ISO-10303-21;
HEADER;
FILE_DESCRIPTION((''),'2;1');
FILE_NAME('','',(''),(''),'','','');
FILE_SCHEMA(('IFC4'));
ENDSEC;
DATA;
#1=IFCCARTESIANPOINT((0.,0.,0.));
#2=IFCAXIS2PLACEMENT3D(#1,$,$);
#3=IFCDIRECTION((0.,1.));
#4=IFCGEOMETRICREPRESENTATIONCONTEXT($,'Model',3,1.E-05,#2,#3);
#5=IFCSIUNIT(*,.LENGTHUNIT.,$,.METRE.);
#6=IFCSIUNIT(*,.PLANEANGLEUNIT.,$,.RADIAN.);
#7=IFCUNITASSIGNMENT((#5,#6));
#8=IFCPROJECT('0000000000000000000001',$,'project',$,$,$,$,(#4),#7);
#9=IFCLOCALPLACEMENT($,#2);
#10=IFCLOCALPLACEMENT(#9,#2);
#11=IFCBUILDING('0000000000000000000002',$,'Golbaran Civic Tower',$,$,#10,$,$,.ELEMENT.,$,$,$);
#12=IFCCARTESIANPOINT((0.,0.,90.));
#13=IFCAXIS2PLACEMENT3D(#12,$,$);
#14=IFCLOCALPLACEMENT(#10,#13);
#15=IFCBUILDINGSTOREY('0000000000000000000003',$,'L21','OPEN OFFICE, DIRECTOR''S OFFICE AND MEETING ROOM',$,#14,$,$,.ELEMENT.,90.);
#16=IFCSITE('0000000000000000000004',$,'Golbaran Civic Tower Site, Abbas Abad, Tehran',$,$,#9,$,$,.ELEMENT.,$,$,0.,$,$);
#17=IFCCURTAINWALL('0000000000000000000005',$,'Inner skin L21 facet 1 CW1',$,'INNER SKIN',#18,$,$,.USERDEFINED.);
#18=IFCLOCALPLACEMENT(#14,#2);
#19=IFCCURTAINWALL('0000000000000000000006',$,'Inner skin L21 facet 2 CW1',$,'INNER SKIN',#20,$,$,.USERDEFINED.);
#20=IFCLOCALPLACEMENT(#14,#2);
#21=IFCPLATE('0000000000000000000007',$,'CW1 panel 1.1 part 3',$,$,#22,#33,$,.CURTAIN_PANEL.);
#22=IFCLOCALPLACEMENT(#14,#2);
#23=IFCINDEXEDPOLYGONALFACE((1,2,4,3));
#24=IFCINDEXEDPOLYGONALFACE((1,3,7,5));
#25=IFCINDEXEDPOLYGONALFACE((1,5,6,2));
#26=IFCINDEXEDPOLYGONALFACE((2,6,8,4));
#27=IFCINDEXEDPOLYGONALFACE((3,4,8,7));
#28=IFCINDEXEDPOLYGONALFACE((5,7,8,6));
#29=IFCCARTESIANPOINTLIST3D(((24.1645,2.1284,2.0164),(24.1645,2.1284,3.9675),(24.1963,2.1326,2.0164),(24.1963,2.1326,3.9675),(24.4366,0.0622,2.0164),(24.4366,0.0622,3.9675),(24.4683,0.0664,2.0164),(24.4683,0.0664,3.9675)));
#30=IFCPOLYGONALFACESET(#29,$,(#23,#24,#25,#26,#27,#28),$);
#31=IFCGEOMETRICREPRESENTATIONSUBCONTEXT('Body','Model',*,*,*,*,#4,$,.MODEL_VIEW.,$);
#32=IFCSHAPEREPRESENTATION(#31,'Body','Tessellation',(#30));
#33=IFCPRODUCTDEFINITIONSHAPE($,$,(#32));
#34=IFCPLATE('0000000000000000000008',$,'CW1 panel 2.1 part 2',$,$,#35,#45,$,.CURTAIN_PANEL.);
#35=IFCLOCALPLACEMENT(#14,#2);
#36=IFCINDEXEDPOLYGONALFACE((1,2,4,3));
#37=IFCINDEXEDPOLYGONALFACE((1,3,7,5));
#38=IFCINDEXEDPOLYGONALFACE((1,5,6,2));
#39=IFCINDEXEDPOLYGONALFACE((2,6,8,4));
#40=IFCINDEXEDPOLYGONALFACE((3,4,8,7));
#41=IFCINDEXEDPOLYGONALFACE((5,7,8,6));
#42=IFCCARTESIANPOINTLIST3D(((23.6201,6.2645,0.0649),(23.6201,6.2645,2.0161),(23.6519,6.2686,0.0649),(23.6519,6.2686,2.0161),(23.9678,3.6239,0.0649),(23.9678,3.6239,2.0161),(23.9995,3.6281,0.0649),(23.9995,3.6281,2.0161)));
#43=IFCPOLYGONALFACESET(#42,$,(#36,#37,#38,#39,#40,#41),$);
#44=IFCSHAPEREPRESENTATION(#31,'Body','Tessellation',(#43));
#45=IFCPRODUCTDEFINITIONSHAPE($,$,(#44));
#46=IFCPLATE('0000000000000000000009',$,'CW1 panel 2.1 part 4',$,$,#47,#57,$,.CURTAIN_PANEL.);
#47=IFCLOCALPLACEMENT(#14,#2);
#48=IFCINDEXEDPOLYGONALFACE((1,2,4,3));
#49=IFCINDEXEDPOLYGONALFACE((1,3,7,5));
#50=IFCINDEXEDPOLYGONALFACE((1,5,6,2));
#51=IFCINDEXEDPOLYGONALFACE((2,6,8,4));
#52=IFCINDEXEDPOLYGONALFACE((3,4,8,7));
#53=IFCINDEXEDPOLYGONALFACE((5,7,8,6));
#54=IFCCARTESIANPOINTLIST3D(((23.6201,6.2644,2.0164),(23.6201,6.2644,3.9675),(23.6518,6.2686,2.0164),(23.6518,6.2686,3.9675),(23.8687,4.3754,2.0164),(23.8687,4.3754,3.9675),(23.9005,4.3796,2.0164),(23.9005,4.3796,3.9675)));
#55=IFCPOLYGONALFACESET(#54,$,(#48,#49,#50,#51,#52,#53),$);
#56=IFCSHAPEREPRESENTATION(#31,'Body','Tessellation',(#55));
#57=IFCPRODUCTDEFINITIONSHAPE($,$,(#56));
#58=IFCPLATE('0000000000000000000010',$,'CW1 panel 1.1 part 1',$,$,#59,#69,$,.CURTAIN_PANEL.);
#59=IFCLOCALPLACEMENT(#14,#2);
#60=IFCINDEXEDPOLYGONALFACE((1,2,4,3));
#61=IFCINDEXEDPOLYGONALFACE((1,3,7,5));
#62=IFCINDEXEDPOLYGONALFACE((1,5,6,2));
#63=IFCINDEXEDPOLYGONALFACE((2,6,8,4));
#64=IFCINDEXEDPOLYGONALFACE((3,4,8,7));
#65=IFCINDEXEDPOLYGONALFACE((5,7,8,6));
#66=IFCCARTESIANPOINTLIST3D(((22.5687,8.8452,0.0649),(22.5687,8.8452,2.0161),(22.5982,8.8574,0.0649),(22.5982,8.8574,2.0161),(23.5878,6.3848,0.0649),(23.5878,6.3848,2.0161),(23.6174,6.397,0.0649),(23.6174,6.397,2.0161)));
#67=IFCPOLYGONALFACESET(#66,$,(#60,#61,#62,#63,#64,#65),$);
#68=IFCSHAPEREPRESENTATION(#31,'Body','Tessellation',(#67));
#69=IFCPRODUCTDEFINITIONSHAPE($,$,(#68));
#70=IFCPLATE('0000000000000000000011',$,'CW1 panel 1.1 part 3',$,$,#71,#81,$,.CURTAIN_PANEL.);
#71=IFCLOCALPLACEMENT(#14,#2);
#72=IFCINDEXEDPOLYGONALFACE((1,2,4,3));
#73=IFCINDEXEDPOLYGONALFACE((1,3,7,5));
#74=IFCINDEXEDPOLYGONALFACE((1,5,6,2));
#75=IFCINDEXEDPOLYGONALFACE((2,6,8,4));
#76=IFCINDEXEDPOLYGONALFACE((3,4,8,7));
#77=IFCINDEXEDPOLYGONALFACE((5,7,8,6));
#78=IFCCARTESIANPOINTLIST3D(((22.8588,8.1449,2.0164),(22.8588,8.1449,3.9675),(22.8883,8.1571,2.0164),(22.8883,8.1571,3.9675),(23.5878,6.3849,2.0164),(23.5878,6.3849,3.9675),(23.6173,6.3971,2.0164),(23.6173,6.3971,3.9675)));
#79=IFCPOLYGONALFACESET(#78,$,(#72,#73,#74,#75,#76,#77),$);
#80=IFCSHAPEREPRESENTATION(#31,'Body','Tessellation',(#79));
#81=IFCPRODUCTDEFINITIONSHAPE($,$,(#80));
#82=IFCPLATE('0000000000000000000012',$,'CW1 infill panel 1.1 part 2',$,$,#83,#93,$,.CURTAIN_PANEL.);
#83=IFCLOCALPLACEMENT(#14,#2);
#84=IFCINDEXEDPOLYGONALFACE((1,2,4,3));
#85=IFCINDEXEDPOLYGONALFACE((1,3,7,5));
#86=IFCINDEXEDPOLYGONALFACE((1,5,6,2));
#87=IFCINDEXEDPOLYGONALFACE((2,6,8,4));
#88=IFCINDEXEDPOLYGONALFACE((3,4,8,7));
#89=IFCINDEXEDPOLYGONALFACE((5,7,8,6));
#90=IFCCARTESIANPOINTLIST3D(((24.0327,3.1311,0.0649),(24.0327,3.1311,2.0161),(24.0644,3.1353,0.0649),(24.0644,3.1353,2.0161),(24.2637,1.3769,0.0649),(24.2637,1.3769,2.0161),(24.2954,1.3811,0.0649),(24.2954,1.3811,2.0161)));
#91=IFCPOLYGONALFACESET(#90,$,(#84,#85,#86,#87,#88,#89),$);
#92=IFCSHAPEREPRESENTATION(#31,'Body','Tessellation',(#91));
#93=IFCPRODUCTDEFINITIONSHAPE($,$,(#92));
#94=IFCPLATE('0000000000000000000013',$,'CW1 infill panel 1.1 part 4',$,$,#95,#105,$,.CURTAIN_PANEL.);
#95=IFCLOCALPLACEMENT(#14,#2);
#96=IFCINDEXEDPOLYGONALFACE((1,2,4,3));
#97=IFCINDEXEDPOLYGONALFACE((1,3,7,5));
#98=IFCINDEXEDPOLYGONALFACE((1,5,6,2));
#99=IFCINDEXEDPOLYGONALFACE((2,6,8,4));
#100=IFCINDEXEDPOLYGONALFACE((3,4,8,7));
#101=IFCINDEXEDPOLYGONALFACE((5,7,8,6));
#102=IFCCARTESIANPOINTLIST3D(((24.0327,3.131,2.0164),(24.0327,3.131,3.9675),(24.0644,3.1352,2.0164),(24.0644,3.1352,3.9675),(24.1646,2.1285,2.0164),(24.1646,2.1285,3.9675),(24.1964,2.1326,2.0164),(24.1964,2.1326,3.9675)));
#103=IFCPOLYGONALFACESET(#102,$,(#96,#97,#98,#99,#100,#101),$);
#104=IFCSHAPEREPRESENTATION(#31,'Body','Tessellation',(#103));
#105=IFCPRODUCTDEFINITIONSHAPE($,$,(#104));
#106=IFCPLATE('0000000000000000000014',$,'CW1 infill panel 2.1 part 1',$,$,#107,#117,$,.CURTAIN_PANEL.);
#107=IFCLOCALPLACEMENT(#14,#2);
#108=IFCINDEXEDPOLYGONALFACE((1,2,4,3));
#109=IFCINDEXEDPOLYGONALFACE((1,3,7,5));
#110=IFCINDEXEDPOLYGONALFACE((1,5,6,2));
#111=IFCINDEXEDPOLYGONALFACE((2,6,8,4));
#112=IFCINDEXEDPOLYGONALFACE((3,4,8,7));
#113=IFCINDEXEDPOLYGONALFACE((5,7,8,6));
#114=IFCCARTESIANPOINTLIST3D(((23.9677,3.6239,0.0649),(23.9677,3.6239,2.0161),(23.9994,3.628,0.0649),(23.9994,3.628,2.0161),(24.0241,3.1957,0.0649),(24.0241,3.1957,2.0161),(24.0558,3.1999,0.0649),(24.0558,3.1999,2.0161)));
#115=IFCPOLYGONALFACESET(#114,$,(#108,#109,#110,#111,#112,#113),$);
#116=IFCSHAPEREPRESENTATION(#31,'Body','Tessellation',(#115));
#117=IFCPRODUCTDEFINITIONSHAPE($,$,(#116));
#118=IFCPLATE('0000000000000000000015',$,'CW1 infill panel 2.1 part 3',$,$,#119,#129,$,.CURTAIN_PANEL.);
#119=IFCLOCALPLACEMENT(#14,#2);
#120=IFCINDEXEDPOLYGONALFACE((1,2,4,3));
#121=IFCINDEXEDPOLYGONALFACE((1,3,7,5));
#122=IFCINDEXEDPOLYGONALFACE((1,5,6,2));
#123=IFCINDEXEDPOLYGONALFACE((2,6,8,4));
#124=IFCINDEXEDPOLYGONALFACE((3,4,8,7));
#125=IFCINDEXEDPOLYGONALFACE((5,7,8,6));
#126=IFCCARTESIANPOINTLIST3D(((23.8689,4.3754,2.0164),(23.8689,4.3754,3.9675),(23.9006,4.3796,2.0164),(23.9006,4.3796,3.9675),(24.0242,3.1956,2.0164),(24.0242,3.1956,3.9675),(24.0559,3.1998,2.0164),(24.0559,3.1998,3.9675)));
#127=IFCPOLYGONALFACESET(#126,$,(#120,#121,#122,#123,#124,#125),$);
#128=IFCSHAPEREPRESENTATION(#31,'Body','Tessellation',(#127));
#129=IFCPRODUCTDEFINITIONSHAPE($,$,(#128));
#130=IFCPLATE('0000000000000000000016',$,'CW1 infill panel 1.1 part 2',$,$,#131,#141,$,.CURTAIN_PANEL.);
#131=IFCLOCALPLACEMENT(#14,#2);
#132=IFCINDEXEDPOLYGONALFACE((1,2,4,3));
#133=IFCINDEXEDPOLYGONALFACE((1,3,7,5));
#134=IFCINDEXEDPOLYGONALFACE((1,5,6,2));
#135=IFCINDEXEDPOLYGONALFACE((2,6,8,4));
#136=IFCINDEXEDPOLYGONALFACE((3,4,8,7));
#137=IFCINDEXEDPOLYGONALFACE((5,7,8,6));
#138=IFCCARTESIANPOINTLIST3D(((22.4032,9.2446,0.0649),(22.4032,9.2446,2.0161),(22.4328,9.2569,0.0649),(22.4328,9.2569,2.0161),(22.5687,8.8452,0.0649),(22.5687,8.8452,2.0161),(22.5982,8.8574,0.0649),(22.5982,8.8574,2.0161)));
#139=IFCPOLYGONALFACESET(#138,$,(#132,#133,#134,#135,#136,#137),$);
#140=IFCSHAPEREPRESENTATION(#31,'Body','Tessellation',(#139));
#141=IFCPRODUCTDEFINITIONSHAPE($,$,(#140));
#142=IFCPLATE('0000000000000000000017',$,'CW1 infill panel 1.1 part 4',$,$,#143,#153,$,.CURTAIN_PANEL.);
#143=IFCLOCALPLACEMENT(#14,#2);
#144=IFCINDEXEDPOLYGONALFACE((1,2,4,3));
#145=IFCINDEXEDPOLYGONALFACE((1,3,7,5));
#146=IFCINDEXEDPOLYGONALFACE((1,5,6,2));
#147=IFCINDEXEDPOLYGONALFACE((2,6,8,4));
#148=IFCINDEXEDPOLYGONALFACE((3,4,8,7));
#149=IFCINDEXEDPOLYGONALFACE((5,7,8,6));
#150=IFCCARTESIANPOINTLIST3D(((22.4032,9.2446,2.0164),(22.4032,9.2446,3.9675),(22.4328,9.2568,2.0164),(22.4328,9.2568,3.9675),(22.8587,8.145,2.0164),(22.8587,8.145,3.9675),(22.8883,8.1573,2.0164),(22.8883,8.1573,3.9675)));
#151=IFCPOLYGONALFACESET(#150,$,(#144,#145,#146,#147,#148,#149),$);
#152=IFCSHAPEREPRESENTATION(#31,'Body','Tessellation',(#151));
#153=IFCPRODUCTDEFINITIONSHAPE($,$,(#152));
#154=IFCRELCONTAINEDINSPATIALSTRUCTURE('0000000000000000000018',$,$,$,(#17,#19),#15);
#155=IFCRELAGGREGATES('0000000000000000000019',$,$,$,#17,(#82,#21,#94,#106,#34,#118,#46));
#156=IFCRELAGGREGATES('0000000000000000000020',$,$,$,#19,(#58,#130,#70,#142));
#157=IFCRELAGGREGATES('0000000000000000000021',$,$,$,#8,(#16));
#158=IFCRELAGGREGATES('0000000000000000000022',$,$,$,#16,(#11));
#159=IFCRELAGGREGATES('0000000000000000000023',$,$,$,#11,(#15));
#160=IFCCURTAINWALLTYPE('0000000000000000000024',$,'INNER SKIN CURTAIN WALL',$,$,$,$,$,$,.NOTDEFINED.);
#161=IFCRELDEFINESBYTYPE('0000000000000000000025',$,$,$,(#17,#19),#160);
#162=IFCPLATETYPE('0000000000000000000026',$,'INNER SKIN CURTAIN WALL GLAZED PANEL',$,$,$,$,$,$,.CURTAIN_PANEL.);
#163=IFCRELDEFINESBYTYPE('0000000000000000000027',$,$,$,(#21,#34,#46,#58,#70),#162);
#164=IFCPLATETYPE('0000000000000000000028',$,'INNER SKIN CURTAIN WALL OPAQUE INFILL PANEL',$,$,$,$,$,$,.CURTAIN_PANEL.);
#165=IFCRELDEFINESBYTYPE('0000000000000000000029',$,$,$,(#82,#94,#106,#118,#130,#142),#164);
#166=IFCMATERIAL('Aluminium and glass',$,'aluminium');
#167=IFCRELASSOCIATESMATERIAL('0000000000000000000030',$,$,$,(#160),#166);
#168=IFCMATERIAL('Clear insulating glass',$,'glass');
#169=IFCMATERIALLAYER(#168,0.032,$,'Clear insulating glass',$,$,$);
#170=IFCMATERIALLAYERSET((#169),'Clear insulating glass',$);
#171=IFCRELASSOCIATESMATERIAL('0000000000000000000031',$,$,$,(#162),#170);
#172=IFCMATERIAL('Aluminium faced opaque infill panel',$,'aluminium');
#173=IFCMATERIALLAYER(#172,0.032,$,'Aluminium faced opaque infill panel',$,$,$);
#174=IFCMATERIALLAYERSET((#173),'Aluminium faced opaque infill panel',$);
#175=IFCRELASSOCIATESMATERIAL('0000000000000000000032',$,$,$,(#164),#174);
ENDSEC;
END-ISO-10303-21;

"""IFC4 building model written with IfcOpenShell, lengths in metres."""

from ifc_helpers import new_model, si_unit, direction, frame, origin, origin_2d, place, context, subcontext, project, spatial, rectangle, extrude, material, layer, layer_set, type_object, element, aggregate, save


model = new_model("IFC4")

# Units and contexts
model_context = context("Model", 3, precision=1e-05, world=origin(), true_north=direction((0.0, 1.0)))
body_context = subcontext(model_context, "Body", "Model", "MODEL_VIEW")
ifc_project = project(units=[si_unit("LENGTHUNIT", "METRE"), si_unit("PLANEANGLEUNIT", "RADIAN")], contexts=[model_context])

# Site, building, storey
site_placement = place(None, origin())
site = spatial("IfcSite", under=ifc_project, at=site_placement, Name="Golbaran Civic Tower Site, Abbas Abad, Tehran", CompositionType="ELEMENT", RefElevation=0.0)
building_placement = place(site_placement, origin())
building = spatial("IfcBuilding", under=site, at=building_placement, Name="Golbaran Civic Tower", CompositionType="ELEMENT")
storey_placement = place(building_placement, frame((0.0, 0.0, 90.0)))
storey = spatial("IfcBuildingStorey", under=building, at=storey_placement, Name="L21", Description="OPEN OFFICE, DIRECTOR'S OFFICE AND MEETING ROOM", CompositionType="ELEMENT", Elevation=90.0)

# Curtain walls
ifc_material_1 = material(Name="Aluminium and glass", Category="aluminium")
curtain_wall_type = type_object("IfcCurtainWallType", Name="INNER SKIN CURTAIN WALL", PredefinedType="NOTDEFINED", material=ifc_material_1)
curtain_wall_1_placement = place(storey_placement, origin())
curtain_wall_1 = element("IfcCurtainWall", 1, at=curtain_wall_1_placement, inside=storey, type_object=curtain_wall_type, Name="Inner skin L21 facet 1 CW1", ObjectType="INNER SKIN", PredefinedType="USERDEFINED")
curtain_wall_2_placement = place(storey_placement, origin())
curtain_wall_2 = element("IfcCurtainWall", 2, at=curtain_wall_2_placement, inside=storey, type_object=curtain_wall_type, Name="Inner skin L21 facet 2 CW1", ObjectType="INNER SKIN", PredefinedType="USERDEFINED")

# Plates
ifc_material_2 = material(Name="Clear insulating glass", Category="glass")
ifc_layer_1 = layer(ifc_material_2, 0.032, Name="Clear insulating glass")
ifc_layer_set_1 = layer_set([ifc_layer_1], Name="Clear insulating glass")
plate_type_1 = type_object("IfcPlateType", Name="INNER SKIN CURTAIN WALL GLAZED PANEL", PredefinedType="CURTAIN_PANEL", material=ifc_layer_set_1)
plate_1_placement = place(storey_placement, frame((24.3164, 1.0974, 2.0164), z_axis=(0.0, 0.0, 1.0), x_axis=(-0.130526, 0.991445, 0.0)))
plate_1 = element("IfcPlate", 3, at=plate_1_placement, type_object=plate_type_1, Name="CW1 panel 1.1 part 3", PredefinedType="CURTAIN_PANEL", context=body_context, shape_type="SweptSolid", body=[
    extrude(rectangle(XDim=2.084, YDim=0.032, at=origin_2d()), origin(), (0.0, 0.0, 1.0), 1.9512),
])
plate_2_placement = place(storey_placement, frame((23.8098, 4.9463, 0.0649), z_axis=(0.0, 0.0, 1.0), x_axis=(-0.130526, 0.991445, 0.0)))
plate_2 = element("IfcPlate", 4, at=plate_2_placement, type_object=plate_type_1, Name="CW1 panel 2.1 part 2", PredefinedType="CURTAIN_PANEL", context=body_context, shape_type="SweptSolid", body=[
    extrude(rectangle(XDim=2.6633, YDim=0.032, at=origin_2d()), origin(), (0.0, 0.0, 1.0), 1.9512),
])
plate_3_placement = place(storey_placement, frame((23.7603, 5.322, 2.0164), z_axis=(0.0, 0.0, 1.0), x_axis=(-0.130526, 0.991445, 0.0)))
plate_3 = element("IfcPlate", 5, at=plate_3_placement, type_object=plate_type_1, Name="CW1 panel 2.1 part 4", PredefinedType="CURTAIN_PANEL", context=body_context, shape_type="SweptSolid", body=[
    extrude(rectangle(XDim=1.9053, YDim=0.032, at=origin_2d()), origin(), (0.0, 0.0, 1.0), 1.9512),
])
plate_4_placement = place(storey_placement, frame((23.093, 7.6211, 0.0649), z_axis=(0.0, 0.0, 1.0), x_axis=(-0.382683, 0.92388, 0.0)))
plate_4 = element("IfcPlate", 6, at=plate_4_placement, type_object=plate_type_1, Name="CW1 panel 1.1 part 1", PredefinedType="CURTAIN_PANEL", context=body_context, shape_type="SweptSolid", body=[
    extrude(rectangle(XDim=2.6631, YDim=0.032, at=origin_2d()), origin(), (0.0, 0.0, 1.0), 1.9512),
])
plate_5_placement = place(storey_placement, frame((23.238, 7.271, 2.0164), z_axis=(0.0, 0.0, 1.0), x_axis=(-0.382683, 0.92388, 0.0)))
plate_5 = element("IfcPlate", 7, at=plate_5_placement, type_object=plate_type_1, Name="CW1 panel 1.1 part 3", PredefinedType="CURTAIN_PANEL", context=body_context, shape_type="SweptSolid", body=[
    extrude(rectangle(XDim=1.905, YDim=0.032, at=origin_2d()), origin(), (0.0, 0.0, 1.0), 1.9512),
])
ifc_material_3 = material(Name="Aluminium faced opaque infill panel", Category="aluminium")
ifc_layer_2 = layer(ifc_material_3, 0.032, Name="Aluminium faced opaque infill panel")
ifc_layer_set_2 = layer_set([ifc_layer_2], Name="Aluminium faced opaque infill panel")
plate_type_2 = type_object("IfcPlateType", Name="INNER SKIN CURTAIN WALL OPAQUE INFILL PANEL", PredefinedType="CURTAIN_PANEL", material=ifc_layer_set_2)
plate_6_placement = place(storey_placement, frame((24.1641, 2.2561, 0.0649), z_axis=(0.0, 0.0, 1.0), x_axis=(-0.130526, 0.991445, 0.0)))
plate_6 = element("IfcPlate", 8, at=plate_6_placement, type_object=plate_type_2, Name="CW1 infill panel 1.1 part 2", PredefinedType="CURTAIN_PANEL", context=body_context, shape_type="SweptSolid", body=[
    extrude(rectangle(XDim=1.7693, YDim=0.032, at=origin_2d()), origin(), (0.0, 0.0, 1.0), 1.9512),
])
plate_7_placement = place(storey_placement, frame((24.1145, 2.6318, 2.0164), z_axis=(0.0, 0.0, 1.0), x_axis=(-0.130526, 0.991445, 0.0)))
plate_7 = element("IfcPlate", 9, at=plate_7_placement, type_object=plate_type_2, Name="CW1 infill panel 1.1 part 4", PredefinedType="CURTAIN_PANEL", context=body_context, shape_type="SweptSolid", body=[
    extrude(rectangle(XDim=1.0112, YDim=0.032, at=origin_2d()), origin(), (0.0, 0.0, 1.0), 1.9512),
])
plate_8_placement = place(storey_placement, frame((24.0117, 3.4119, 0.0649), z_axis=(0.0, 0.0, 1.0), x_axis=(-0.130526, 0.991445, 0.0)))
plate_8 = element("IfcPlate", 10, at=plate_8_placement, type_object=plate_type_2, Name="CW1 infill panel 2.1 part 1", PredefinedType="CURTAIN_PANEL", context=body_context, shape_type="SweptSolid", body=[
    extrude(rectangle(XDim=0.4319, YDim=0.032, at=origin_2d()), origin(), (0.0, 0.0, 1.0), 1.9512),
])
plate_9_placement = place(storey_placement, frame((23.9624, 3.7876, 2.0164), z_axis=(0.0, 0.0, 1.0), x_axis=(-0.130526, 0.991445, 0.0)))
plate_9 = element("IfcPlate", 11, at=plate_9_placement, type_object=plate_type_2, Name="CW1 infill panel 2.1 part 3", PredefinedType="CURTAIN_PANEL", context=body_context, shape_type="SweptSolid", body=[
    extrude(rectangle(XDim=1.1899, YDim=0.032, at=origin_2d()), origin(), (0.0, 0.0, 1.0), 1.9512),
])
aggregate(curtain_wall_1, [plate_6, plate_1, plate_7, plate_8, plate_2, plate_9, plate_3])
plate_10_placement = place(storey_placement, frame((22.5007, 9.051, 0.0649), z_axis=(0.0, 0.0, 1.0), x_axis=(-0.382683, 0.92388, 0.0)))
plate_10 = element("IfcPlate", 12, at=plate_10_placement, type_object=plate_type_2, Name="CW1 infill panel 1.1 part 2", PredefinedType="CURTAIN_PANEL", context=body_context, shape_type="SweptSolid", body=[
    extrude(rectangle(XDim=0.4324, YDim=0.032, at=origin_2d()), origin(), (0.0, 0.0, 1.0), 1.9512),
])
plate_11_placement = place(storey_placement, frame((22.6458, 8.7009, 2.0164), z_axis=(0.0, 0.0, 1.0), x_axis=(-0.382683, 0.92388, 0.0)))
plate_11 = element("IfcPlate", 13, at=plate_11_placement, type_object=plate_type_2, Name="CW1 infill panel 1.1 part 4", PredefinedType="CURTAIN_PANEL", context=body_context, shape_type="SweptSolid", body=[
    extrude(rectangle(XDim=1.1902, YDim=0.032, at=origin_2d()), origin(), (0.0, 0.0, 1.0), 1.9512),
])
aggregate(curtain_wall_2, [plate_4, plate_10, plate_5, plate_11])

save(model, "model.ifc")
